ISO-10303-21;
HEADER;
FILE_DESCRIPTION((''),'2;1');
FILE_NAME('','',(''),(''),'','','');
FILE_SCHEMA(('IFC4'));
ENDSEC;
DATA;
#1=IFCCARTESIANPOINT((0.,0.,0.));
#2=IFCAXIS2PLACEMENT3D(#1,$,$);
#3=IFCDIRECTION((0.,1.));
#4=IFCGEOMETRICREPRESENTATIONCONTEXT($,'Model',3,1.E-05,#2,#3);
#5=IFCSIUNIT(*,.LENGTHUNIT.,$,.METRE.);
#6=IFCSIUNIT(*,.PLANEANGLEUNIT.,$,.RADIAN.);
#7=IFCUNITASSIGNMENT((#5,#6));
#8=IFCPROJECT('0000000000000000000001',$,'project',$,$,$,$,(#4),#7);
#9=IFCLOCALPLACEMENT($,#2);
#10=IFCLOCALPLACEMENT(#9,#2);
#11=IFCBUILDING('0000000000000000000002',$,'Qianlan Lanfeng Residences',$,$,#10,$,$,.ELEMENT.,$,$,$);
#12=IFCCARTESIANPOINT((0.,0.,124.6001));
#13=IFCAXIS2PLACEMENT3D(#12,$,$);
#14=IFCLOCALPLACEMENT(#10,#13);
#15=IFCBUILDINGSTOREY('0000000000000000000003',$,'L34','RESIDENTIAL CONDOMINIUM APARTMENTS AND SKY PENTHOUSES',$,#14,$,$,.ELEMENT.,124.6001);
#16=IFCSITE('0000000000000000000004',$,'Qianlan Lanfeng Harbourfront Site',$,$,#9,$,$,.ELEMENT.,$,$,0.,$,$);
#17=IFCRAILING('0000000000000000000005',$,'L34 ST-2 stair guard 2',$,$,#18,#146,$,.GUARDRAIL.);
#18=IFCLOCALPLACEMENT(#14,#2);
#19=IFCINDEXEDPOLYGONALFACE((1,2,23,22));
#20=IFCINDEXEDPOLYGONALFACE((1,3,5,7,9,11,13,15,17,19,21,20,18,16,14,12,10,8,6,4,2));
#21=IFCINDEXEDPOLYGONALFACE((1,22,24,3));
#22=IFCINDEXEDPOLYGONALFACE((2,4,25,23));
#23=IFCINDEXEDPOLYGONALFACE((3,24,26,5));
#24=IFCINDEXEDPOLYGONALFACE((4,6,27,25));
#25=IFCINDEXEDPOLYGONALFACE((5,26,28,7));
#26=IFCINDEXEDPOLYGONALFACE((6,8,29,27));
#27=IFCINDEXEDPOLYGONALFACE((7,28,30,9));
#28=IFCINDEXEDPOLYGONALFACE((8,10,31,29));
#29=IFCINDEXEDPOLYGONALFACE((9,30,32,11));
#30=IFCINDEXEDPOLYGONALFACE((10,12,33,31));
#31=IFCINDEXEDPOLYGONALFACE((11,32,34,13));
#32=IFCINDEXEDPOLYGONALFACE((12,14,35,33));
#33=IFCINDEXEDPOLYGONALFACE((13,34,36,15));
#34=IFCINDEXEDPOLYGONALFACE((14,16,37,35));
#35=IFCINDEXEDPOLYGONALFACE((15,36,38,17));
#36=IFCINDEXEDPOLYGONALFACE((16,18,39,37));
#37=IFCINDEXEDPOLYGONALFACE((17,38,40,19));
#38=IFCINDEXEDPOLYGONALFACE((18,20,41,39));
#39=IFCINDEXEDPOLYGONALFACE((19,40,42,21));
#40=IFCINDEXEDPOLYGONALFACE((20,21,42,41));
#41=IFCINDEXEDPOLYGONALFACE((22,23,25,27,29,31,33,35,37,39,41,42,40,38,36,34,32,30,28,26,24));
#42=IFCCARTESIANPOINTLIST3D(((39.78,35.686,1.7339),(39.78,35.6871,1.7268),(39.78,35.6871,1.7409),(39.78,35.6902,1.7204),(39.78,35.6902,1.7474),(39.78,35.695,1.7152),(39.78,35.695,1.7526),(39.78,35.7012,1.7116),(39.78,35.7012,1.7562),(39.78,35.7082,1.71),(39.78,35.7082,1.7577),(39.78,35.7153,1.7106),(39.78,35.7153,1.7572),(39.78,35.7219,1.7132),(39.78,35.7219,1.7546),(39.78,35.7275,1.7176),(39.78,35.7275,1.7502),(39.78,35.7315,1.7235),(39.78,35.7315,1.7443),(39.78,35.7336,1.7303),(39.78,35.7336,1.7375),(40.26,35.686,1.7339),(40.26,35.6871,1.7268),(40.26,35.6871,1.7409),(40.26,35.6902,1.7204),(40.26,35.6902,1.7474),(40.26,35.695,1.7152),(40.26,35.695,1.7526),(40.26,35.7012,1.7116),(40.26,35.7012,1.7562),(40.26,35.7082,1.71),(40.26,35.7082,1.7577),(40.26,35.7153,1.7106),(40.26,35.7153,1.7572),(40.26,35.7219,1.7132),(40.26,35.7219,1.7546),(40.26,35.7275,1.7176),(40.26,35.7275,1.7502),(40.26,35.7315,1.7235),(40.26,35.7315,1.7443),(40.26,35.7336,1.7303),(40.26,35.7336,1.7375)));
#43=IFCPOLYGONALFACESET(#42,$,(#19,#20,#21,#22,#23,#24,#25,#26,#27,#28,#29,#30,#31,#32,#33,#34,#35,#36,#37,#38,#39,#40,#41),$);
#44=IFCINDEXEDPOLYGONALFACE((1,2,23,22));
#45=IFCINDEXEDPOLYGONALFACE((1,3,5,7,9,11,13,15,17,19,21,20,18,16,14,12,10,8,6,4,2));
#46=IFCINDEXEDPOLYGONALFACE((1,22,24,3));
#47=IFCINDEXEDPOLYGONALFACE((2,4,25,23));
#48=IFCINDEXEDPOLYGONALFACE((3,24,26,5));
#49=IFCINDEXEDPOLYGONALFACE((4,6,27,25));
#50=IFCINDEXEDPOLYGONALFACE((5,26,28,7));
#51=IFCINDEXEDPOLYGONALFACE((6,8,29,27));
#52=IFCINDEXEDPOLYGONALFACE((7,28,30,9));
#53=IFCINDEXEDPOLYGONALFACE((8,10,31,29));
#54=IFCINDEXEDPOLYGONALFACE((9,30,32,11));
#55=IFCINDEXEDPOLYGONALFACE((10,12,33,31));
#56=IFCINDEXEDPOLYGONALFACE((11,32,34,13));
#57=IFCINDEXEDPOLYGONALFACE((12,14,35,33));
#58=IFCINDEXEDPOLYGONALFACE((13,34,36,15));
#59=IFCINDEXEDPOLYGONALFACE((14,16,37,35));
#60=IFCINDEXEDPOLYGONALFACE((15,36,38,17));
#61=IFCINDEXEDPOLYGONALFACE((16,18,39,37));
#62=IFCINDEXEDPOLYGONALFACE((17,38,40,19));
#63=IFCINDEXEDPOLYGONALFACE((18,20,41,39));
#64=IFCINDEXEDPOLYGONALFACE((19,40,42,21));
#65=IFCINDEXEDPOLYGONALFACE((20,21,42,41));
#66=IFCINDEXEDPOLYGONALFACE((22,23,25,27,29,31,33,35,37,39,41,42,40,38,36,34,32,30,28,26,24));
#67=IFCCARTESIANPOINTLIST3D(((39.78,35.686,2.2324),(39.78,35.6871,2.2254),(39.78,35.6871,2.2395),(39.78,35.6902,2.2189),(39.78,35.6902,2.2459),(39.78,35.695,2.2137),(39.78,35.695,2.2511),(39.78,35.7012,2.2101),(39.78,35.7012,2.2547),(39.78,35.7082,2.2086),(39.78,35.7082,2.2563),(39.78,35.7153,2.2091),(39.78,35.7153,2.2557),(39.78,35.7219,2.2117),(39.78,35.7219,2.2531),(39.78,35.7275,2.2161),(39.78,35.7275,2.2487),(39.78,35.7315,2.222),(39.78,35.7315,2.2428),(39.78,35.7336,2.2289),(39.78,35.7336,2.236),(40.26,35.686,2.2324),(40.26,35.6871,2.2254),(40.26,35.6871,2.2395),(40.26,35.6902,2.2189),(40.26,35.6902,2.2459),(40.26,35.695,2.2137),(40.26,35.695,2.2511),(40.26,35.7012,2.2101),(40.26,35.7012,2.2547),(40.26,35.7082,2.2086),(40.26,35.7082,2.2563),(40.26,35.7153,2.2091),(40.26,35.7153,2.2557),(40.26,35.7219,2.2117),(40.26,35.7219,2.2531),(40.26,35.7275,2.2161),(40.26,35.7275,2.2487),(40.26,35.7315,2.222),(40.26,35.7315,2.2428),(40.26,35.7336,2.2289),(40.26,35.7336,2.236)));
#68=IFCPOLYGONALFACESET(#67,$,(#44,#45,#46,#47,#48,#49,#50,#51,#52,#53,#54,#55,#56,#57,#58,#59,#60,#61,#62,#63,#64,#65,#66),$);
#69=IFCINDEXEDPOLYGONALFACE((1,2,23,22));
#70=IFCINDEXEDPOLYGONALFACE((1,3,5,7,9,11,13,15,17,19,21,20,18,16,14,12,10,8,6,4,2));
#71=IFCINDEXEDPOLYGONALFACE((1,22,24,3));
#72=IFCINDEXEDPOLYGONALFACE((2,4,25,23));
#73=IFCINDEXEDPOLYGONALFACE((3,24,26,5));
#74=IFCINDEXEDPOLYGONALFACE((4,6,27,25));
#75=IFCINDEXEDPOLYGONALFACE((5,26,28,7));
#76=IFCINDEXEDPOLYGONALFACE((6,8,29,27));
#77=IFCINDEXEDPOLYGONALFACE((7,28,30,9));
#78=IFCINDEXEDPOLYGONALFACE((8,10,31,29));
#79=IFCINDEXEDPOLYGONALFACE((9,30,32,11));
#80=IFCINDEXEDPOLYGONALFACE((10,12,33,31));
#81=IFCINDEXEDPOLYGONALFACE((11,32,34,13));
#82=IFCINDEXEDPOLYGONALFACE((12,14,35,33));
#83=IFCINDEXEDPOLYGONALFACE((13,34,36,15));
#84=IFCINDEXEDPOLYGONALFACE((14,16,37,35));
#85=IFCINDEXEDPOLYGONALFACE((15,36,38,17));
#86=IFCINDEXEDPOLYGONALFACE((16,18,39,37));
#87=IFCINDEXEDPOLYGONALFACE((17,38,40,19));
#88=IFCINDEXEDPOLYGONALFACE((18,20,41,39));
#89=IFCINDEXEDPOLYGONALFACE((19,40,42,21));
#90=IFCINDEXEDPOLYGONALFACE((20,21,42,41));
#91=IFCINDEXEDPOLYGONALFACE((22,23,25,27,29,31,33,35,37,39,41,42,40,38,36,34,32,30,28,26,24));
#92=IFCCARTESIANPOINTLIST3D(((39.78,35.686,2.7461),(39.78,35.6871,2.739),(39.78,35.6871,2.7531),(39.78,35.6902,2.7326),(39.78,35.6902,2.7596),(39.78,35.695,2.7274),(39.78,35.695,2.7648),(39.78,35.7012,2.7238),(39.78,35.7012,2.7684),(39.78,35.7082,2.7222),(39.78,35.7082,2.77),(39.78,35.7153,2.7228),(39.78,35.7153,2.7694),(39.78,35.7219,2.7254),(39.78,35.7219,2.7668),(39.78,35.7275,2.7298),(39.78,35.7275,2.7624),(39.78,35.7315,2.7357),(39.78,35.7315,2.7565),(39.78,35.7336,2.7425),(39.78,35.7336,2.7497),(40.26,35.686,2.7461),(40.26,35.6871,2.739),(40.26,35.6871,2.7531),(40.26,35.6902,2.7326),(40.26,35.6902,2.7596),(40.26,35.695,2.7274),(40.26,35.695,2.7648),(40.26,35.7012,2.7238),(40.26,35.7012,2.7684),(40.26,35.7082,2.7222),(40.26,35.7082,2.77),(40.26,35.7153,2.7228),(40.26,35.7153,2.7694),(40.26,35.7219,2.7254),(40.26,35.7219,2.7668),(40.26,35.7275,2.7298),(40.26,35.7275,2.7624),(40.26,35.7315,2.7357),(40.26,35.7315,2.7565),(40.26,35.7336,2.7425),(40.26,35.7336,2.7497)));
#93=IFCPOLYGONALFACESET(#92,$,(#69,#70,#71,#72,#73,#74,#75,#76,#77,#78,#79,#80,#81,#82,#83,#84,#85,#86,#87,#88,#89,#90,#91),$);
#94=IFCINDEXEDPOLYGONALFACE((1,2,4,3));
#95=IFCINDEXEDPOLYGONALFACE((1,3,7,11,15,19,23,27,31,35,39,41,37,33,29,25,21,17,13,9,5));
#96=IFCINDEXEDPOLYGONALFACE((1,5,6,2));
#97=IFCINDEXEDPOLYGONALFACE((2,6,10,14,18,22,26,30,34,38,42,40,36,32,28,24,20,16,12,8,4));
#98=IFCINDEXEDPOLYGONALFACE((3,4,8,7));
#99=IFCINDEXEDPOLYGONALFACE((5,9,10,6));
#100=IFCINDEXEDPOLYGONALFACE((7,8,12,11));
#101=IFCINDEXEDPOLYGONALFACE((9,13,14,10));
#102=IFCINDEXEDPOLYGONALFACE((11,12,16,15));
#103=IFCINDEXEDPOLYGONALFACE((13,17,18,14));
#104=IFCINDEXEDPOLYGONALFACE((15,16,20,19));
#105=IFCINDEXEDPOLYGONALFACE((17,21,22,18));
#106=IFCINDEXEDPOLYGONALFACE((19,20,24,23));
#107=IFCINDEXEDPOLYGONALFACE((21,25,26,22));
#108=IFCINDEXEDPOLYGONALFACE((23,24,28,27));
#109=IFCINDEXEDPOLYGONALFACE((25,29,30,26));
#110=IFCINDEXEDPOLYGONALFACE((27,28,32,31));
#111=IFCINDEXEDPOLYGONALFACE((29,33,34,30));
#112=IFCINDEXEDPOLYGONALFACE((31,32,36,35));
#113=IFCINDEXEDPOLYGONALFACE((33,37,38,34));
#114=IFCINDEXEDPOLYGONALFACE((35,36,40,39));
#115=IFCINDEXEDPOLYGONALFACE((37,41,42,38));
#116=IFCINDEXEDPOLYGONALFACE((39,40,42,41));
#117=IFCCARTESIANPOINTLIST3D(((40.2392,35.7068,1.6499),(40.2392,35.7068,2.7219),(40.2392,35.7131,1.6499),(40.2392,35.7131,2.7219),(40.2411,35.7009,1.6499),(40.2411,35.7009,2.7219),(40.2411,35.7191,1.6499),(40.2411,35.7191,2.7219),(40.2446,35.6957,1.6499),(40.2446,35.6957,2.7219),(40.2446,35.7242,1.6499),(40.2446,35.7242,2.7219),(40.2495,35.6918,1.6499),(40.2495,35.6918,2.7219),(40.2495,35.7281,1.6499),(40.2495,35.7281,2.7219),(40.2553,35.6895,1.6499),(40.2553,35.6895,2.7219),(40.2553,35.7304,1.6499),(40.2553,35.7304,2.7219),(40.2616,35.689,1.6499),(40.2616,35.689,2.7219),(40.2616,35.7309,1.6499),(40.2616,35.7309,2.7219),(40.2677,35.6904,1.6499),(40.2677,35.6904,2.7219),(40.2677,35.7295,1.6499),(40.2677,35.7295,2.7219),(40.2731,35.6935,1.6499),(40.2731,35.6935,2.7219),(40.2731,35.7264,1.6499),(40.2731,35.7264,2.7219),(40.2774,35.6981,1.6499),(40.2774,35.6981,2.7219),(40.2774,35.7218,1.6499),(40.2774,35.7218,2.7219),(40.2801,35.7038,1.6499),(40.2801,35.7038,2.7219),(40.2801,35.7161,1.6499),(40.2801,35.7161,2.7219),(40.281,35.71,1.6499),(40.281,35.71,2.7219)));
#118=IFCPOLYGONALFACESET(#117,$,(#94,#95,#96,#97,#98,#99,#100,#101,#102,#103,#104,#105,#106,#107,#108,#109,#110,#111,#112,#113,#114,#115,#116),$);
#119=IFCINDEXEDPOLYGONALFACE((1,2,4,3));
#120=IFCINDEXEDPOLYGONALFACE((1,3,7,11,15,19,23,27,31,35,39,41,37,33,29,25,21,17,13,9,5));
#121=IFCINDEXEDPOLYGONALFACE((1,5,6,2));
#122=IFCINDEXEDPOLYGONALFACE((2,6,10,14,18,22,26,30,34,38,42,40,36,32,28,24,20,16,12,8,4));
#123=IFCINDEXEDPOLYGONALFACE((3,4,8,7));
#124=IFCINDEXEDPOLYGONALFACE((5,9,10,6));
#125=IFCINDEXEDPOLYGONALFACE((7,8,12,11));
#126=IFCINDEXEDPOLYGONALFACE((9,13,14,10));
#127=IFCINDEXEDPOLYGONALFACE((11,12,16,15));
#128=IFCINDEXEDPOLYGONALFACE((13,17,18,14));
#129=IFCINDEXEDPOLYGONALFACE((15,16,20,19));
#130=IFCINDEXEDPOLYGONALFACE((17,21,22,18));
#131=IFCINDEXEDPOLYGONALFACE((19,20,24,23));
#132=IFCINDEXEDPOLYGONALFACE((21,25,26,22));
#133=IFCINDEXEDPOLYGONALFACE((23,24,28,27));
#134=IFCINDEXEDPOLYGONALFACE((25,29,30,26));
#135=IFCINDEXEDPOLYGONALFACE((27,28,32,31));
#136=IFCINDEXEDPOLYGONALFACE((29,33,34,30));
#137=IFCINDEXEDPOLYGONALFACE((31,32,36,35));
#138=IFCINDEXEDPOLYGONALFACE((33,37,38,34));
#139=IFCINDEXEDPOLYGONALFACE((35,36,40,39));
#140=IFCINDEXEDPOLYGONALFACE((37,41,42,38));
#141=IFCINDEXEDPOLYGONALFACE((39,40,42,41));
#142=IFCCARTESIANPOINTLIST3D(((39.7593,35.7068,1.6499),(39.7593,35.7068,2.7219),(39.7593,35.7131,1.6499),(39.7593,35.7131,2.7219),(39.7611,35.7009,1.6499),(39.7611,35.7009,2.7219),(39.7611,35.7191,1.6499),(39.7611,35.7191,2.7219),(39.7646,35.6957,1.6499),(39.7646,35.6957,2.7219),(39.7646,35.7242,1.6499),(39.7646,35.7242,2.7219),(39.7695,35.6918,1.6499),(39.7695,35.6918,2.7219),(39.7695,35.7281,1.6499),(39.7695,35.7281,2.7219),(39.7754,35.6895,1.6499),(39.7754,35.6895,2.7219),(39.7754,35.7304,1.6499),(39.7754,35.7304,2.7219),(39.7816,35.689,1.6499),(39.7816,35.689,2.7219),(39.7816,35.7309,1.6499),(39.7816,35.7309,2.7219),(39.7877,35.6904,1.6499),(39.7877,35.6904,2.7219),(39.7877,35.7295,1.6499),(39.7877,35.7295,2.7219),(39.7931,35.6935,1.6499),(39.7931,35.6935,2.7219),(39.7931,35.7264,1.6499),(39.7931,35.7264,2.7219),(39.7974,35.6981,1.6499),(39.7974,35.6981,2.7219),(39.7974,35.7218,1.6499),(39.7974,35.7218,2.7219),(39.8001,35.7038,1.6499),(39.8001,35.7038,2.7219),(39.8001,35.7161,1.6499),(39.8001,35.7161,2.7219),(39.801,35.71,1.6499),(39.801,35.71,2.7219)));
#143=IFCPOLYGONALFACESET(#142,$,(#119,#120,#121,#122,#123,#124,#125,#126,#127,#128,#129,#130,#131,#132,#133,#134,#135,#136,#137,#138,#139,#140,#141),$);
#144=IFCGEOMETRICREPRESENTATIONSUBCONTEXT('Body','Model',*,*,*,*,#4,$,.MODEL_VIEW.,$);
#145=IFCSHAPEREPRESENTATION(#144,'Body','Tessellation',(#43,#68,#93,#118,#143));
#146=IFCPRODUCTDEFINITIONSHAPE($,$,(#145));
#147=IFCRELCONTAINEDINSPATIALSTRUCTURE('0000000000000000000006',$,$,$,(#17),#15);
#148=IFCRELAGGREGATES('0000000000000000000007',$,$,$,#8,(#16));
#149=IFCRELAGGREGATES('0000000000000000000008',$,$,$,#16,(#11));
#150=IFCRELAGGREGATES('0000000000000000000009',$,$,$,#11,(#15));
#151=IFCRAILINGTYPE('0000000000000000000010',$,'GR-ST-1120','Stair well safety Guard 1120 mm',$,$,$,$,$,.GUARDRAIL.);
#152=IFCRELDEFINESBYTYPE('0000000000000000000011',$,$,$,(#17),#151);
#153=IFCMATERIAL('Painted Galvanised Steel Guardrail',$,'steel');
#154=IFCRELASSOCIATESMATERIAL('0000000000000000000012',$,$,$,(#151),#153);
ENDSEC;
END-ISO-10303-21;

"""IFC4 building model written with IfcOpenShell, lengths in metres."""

from ifc_helpers import new_model, si_unit, direction, frame, origin, origin_2d, place, context, subcontext, project, spatial, circle, extrude, material, type_object, element, save


model = new_model("IFC4")

# Units and contexts
model_context = context("Model", 3, precision=1e-05, world=origin(), true_north=direction((0.0, 1.0)))
body_context = subcontext(model_context, "Body", "Model", "MODEL_VIEW")
ifc_project = project(units=[si_unit("LENGTHUNIT", "METRE"), si_unit("PLANEANGLEUNIT", "RADIAN")], contexts=[model_context])

# Site, building, storey
site_placement = place(None, origin())
site = spatial("IfcSite", under=ifc_project, at=site_placement, Name="Qianlan Lanfeng Harbourfront Site", CompositionType="ELEMENT", RefElevation=0.0)
building_placement = place(site_placement, origin())
building = spatial("IfcBuilding", under=site, at=building_placement, Name="Qianlan Lanfeng Residences", CompositionType="ELEMENT")
storey_placement = place(building_placement, frame((0.0, 0.0, 124.6001)))
storey = spatial("IfcBuildingStorey", under=building, at=storey_placement, Name="L34", Description="RESIDENTIAL CONDOMINIUM APARTMENTS AND SKY PENTHOUSES", CompositionType="ELEMENT", Elevation=124.6001)

# Railing
ifc_material_1 = material(Name="Painted Galvanised Steel Guardrail", Category="steel")
railing_type_1 = type_object("IfcRailingType", Name="GR-ST-1120", Description="Stair well safety Guard 1120 mm", PredefinedType="GUARDRAIL", material=ifc_material_1)
railing_1_placement = place(storey_placement, frame((40.26, 35.71, 1.6499)))
element("IfcRailing", 1, at=railing_1_placement, inside=storey, type_object=railing_type_1, Name="L34 ST-2 stair guard 2", PredefinedType="GUARDRAIL", context=body_context, shape_type="SweptSolid", body=[
    extrude(circle(Radius=0.0239, at=origin_2d()), frame((0.0, 0.0, 0.084), z_axis=(-1.0, 0.0, 0.0), x_axis=(0.0, -1.0, 0.0)), (0.0, 0.0, 1.0), 0.48),
    extrude(circle(Radius=0.0239, at=origin_2d()), frame((0.0, 0.0, 0.5825), z_axis=(-1.0, 0.0, 0.0), x_axis=(0.0, -1.0, 0.0)), (0.0, 0.0, 1.0), 0.48),
    extrude(circle(Radius=0.0239, at=origin_2d()), frame((0.0, 0.0, 1.0962), z_axis=(-1.0, 0.0, 0.0), x_axis=(0.0, -1.0, 0.0)), (0.0, 0.0, 1.0), 0.48),
    extrude(circle(Radius=0.021, at=origin_2d()), origin(), (0.0, 0.0, 1.0), 1.072),
    extrude(circle(Radius=0.021, at=origin_2d()), frame((-0.48, 0.0, 0.0)), (0.0, 0.0, 1.0), 1.072),
])

save(model, "model.ifc")
